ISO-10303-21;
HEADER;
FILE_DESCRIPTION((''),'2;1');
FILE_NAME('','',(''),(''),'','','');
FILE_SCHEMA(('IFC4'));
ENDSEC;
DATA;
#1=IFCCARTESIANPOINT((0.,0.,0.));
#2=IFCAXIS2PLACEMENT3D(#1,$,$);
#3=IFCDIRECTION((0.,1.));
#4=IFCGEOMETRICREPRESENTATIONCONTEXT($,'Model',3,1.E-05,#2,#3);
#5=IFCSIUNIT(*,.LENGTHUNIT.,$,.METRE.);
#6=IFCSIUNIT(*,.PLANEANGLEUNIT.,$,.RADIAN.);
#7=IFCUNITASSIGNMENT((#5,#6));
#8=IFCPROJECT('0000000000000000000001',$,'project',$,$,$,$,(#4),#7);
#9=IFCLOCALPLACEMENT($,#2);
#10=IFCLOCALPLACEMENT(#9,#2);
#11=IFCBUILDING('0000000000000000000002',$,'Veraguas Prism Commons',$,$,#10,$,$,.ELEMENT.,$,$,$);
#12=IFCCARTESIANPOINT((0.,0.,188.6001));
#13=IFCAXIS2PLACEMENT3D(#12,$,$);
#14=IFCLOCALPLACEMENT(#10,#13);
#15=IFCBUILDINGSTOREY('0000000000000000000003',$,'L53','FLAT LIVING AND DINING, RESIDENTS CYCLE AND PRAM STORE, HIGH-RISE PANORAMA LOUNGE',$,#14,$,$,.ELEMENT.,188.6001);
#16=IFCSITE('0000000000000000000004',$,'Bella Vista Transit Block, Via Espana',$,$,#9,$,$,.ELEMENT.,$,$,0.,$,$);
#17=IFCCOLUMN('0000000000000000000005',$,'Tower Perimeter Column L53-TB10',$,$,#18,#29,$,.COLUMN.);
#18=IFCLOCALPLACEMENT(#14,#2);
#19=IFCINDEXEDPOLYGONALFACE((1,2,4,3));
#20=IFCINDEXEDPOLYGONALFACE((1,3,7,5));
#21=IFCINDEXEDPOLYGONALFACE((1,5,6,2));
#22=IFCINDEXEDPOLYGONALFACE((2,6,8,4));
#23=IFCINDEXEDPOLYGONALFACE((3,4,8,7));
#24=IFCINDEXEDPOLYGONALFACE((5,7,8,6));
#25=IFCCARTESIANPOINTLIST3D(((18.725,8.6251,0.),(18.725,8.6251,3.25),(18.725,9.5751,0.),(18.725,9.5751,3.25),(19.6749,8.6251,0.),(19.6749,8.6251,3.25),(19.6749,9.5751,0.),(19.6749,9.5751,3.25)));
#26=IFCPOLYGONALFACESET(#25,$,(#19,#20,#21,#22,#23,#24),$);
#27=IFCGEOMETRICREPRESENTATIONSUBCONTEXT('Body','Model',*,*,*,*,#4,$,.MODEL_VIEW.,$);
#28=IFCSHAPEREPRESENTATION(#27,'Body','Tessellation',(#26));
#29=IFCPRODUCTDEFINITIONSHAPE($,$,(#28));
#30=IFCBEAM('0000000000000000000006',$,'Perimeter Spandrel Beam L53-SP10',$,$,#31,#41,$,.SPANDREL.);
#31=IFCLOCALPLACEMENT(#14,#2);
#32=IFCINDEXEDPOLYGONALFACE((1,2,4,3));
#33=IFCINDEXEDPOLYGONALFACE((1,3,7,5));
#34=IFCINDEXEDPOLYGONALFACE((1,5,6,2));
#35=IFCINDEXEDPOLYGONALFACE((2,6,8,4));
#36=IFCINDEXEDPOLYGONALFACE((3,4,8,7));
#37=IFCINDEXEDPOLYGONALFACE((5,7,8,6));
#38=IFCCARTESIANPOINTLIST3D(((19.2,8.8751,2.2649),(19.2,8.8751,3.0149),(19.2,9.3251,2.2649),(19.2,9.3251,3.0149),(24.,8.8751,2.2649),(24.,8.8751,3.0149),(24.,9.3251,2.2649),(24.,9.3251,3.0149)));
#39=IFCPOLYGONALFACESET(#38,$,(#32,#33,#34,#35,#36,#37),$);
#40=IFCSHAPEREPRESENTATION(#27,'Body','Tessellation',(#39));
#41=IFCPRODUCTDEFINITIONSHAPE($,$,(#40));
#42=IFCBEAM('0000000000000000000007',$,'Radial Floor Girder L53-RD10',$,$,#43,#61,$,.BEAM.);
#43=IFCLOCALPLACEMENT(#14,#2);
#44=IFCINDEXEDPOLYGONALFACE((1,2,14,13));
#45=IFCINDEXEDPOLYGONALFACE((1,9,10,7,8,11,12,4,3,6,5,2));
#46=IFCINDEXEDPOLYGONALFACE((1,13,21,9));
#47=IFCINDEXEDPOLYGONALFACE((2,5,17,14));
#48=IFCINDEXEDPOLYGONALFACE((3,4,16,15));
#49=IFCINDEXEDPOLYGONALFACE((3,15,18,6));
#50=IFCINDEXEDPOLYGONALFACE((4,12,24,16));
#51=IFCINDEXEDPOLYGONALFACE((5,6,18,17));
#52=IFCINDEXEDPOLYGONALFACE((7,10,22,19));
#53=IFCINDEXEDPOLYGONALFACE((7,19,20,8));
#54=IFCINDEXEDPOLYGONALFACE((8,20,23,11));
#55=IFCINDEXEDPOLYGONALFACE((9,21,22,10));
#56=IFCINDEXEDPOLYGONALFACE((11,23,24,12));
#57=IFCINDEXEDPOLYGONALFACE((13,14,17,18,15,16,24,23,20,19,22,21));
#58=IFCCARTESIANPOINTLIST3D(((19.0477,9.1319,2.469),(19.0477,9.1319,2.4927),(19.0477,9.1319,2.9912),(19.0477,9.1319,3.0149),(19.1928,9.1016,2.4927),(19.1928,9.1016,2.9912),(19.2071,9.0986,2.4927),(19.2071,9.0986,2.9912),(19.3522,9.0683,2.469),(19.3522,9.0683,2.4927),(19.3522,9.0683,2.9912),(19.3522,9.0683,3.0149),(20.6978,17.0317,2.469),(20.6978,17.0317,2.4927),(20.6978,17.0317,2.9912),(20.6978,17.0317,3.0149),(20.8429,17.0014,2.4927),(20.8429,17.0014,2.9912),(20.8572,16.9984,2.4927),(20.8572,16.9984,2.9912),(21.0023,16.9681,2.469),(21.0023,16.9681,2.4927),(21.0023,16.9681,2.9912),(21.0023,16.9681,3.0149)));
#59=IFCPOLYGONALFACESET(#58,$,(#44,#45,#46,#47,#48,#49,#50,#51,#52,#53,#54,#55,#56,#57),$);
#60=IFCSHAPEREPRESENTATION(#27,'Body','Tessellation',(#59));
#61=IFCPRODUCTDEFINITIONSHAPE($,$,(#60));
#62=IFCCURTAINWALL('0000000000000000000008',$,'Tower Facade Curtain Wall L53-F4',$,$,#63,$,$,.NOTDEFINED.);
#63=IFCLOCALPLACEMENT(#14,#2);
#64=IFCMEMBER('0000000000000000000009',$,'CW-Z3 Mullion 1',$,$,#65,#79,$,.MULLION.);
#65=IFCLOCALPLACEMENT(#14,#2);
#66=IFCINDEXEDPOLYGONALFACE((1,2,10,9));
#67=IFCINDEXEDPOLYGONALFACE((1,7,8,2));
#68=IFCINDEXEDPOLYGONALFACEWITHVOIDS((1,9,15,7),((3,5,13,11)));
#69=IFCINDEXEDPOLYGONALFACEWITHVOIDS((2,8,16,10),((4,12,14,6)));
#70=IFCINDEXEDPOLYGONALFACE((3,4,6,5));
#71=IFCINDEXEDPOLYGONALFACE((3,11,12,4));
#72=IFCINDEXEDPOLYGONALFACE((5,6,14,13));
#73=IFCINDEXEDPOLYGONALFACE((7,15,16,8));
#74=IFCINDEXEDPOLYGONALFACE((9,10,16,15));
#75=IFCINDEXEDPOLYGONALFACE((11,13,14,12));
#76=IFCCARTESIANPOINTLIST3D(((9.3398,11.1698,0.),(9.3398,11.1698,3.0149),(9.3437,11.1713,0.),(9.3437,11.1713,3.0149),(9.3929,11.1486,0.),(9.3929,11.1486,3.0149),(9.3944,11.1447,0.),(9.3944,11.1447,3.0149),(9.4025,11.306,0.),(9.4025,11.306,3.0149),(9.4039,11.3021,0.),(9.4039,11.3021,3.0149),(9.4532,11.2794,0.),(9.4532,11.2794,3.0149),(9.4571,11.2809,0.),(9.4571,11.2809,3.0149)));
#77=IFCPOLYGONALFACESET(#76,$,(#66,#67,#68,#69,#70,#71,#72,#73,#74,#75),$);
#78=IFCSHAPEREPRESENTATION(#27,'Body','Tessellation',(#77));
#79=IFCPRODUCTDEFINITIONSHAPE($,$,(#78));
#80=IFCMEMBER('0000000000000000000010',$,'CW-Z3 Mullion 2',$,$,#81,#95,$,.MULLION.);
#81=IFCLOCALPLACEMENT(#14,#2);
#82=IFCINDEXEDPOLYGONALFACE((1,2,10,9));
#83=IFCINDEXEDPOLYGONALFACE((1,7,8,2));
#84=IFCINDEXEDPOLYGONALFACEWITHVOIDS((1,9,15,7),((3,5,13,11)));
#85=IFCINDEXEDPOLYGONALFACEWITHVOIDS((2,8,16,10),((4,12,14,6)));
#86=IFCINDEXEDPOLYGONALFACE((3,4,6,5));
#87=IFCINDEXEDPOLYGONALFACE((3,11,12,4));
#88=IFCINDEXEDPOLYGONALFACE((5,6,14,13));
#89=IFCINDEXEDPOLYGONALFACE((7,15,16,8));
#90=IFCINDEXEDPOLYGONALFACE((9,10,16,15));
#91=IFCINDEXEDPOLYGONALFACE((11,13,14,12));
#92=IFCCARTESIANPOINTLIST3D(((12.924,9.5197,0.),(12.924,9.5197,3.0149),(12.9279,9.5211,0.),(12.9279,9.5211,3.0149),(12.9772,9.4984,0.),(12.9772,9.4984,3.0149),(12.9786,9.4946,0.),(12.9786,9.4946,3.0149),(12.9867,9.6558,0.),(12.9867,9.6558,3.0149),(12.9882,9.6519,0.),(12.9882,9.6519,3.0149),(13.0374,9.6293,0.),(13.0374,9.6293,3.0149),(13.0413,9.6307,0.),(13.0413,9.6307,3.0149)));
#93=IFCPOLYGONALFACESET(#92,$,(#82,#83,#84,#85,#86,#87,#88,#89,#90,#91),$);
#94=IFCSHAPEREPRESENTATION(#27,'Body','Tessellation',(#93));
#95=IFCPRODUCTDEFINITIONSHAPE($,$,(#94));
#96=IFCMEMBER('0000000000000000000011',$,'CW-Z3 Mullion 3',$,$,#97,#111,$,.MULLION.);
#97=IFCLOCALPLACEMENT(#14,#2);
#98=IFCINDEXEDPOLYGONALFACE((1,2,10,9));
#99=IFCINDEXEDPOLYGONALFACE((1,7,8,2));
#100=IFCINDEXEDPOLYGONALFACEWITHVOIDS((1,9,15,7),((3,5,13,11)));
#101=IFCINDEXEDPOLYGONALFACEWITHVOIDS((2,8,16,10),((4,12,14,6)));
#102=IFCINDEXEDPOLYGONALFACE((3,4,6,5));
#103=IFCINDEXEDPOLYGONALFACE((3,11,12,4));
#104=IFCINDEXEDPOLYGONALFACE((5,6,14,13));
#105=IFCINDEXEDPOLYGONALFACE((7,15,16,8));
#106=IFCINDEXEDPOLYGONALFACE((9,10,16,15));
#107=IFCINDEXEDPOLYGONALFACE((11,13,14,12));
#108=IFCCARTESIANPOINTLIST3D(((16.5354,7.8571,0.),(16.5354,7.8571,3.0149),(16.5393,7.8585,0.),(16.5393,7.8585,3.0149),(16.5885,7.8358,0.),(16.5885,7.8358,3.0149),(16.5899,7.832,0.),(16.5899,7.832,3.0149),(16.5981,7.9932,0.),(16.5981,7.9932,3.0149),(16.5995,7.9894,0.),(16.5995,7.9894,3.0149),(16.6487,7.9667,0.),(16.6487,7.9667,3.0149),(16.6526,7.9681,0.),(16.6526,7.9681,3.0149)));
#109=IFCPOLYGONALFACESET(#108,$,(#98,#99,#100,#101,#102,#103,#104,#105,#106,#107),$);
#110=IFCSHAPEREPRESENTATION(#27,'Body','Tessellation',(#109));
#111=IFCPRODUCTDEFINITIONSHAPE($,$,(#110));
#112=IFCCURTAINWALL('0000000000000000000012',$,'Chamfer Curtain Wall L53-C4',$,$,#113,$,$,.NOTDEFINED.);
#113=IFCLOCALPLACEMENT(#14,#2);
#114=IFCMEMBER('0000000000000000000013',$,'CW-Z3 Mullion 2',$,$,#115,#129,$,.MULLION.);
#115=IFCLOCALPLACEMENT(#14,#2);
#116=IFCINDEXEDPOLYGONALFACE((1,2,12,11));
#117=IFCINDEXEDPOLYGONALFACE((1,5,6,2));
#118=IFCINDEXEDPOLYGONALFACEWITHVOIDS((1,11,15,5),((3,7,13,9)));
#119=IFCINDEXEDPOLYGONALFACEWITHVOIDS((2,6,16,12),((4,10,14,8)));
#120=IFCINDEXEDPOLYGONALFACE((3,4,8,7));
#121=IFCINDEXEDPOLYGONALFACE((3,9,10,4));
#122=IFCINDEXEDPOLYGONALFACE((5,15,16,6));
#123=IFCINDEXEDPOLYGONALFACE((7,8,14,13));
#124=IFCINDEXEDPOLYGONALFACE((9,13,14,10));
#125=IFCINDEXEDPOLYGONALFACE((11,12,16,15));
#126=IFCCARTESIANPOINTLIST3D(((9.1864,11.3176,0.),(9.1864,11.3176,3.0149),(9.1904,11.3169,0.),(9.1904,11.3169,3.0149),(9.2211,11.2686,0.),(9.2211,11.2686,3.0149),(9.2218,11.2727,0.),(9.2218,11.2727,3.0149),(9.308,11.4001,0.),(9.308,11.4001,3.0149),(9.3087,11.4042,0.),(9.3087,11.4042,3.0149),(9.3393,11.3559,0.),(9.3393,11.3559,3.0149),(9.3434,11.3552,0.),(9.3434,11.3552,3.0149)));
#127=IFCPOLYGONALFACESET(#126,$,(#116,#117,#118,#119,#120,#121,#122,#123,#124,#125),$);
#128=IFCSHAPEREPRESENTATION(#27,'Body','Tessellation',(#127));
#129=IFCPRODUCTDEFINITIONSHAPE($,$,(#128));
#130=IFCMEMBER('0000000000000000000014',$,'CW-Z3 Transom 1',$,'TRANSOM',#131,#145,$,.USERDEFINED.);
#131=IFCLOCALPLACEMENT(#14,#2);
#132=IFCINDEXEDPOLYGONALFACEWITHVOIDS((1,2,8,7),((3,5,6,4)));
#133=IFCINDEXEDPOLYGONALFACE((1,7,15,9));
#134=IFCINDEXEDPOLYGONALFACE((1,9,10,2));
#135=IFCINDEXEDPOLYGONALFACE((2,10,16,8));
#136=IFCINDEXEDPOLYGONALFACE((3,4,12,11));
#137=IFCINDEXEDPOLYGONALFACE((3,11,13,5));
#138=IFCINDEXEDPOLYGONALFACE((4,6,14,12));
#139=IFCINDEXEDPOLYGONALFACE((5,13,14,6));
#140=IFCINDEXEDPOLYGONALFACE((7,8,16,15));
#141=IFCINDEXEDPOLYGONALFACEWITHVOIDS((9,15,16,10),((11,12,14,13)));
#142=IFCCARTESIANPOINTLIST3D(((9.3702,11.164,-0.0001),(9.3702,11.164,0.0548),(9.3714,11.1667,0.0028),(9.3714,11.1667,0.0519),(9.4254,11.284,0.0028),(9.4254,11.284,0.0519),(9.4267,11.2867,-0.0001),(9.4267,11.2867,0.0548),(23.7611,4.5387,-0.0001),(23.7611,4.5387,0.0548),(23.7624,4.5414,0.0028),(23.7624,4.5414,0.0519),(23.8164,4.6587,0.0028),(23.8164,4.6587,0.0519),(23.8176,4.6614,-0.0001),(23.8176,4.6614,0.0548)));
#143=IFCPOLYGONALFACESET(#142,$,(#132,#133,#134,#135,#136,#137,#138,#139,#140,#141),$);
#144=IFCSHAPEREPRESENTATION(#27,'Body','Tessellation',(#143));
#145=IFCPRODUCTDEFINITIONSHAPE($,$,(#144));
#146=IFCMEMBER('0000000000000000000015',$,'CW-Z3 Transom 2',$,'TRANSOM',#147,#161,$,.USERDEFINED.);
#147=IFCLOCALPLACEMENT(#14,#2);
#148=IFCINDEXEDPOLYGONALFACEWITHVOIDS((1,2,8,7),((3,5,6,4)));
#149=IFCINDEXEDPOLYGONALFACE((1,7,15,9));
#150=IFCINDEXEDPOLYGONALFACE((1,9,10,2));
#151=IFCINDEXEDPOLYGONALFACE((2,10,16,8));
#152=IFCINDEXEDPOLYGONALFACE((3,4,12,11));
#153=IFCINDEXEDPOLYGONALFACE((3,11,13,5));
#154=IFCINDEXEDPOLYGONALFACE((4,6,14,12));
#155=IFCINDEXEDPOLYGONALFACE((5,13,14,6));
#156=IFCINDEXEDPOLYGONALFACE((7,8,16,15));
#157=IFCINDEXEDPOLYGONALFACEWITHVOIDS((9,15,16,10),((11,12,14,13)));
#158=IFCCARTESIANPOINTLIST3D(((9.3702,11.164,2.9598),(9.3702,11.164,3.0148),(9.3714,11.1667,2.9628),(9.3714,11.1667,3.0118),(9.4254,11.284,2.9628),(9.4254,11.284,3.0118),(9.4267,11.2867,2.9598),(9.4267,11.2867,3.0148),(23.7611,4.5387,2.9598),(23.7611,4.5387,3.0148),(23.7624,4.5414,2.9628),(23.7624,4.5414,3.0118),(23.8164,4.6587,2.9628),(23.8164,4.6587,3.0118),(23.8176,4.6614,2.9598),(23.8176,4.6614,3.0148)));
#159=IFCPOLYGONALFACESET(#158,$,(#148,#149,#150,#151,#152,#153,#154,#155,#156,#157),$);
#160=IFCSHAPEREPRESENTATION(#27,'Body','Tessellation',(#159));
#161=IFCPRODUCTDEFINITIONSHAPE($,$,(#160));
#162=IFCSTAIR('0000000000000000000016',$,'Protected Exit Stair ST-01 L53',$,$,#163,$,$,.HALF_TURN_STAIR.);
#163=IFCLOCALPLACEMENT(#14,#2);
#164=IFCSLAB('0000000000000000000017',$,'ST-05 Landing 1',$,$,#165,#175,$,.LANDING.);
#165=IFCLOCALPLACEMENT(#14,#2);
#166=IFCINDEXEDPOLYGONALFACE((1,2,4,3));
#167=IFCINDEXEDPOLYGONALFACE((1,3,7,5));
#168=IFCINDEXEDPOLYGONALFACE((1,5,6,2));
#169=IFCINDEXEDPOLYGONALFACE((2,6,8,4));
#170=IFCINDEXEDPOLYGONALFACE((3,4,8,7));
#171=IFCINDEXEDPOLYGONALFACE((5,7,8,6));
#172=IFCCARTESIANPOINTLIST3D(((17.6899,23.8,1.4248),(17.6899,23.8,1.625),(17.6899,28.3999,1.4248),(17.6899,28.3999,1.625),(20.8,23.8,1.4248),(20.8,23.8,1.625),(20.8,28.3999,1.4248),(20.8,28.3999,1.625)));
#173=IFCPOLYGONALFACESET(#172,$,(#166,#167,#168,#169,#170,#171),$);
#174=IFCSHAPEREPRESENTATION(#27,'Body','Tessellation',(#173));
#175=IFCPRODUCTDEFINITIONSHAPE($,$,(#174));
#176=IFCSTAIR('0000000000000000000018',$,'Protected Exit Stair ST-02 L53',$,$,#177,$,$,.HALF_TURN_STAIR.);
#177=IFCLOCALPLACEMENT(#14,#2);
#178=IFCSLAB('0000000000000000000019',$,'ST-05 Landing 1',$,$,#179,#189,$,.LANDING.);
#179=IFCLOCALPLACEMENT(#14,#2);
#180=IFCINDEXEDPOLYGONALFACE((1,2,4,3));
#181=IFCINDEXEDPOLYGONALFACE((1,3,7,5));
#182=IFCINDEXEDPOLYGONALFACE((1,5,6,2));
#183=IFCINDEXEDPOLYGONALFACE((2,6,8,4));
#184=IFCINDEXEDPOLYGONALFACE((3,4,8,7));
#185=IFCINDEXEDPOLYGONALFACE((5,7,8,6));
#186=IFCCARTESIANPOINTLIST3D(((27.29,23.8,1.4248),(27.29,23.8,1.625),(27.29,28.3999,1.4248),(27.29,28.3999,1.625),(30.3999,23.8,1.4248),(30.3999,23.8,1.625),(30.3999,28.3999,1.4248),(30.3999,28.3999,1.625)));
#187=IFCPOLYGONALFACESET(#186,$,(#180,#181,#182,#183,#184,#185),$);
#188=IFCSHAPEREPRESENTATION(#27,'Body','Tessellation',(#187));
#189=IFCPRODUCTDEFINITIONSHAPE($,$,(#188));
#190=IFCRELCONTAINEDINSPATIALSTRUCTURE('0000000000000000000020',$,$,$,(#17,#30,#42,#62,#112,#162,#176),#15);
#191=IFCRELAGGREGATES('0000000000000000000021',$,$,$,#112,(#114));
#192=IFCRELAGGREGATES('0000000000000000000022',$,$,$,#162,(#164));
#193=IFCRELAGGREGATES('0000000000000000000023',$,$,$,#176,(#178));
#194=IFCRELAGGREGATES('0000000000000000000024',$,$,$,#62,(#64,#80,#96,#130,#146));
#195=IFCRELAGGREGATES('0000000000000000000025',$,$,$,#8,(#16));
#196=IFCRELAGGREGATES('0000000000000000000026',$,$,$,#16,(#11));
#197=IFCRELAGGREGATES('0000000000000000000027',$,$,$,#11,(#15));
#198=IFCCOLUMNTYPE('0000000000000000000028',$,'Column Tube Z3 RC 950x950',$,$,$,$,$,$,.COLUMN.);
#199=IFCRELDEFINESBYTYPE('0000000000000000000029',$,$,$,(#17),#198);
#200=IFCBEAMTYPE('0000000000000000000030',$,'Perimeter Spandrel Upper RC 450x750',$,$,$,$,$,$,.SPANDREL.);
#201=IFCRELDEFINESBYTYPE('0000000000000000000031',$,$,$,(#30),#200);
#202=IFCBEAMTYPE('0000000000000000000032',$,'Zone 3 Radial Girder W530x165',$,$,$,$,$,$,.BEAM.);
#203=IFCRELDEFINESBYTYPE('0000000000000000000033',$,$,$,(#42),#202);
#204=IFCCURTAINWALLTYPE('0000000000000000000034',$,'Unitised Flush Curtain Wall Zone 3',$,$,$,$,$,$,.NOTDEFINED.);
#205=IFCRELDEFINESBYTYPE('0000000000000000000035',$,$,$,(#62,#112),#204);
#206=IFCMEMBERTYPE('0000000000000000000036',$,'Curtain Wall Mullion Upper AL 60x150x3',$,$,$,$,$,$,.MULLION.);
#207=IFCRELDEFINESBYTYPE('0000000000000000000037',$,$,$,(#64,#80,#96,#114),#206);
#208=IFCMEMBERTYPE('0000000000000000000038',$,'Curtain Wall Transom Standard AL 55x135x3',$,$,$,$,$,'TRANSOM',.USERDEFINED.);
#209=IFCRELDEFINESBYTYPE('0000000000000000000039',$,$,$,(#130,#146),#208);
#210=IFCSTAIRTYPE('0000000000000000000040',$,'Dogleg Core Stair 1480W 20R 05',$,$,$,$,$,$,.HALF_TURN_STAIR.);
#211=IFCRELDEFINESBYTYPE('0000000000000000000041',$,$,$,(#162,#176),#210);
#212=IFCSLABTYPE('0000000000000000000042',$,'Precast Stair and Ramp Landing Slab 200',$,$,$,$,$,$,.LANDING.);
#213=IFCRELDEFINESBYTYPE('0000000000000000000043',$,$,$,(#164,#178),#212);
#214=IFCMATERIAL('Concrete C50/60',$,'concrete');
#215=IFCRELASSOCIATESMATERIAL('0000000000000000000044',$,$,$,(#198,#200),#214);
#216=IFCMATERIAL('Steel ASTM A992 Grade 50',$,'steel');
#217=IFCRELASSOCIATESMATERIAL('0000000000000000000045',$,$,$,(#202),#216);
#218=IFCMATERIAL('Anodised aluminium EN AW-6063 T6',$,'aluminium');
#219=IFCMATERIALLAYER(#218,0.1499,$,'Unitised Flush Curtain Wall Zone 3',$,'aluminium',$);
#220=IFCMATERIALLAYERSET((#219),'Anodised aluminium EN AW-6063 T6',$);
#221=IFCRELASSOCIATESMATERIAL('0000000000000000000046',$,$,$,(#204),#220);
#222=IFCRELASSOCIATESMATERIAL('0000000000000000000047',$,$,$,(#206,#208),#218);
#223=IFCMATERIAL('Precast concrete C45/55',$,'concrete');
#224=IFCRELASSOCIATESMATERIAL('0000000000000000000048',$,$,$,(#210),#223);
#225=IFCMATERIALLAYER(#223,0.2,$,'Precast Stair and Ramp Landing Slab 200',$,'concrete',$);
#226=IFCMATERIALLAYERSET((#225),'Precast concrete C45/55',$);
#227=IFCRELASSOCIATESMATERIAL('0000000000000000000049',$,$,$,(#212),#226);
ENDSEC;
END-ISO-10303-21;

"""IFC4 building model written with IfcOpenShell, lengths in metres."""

from ifc_helpers import new_model, si_unit, direction, frame, origin, origin_2d, place, context, subcontext, project, spatial, polyline, rectangle, hollow_rectangle, i_section, outline, extrude, source, transform, mapped, material, layer, layer_set, material_profile, profile_set, type_object, element, aggregate, save


model = new_model("IFC4")

# Units and contexts
model_context = context("Model", 3, precision=1e-05, world=origin(), true_north=direction((0.0, 1.0)))
body_context = subcontext(model_context, "Body", "Model", "MODEL_VIEW")
ifc_project = project(units=[si_unit("LENGTHUNIT", "METRE"), si_unit("PLANEANGLEUNIT", "RADIAN")], contexts=[model_context])

# Site, building, storey
site_placement = place(None, origin())
site = spatial("IfcSite", under=ifc_project, at=site_placement, Name="Bella Vista Transit Block, Via Espana", CompositionType="ELEMENT", RefElevation=0.0)
building_placement = place(site_placement, origin())
building = spatial("IfcBuilding", under=site, at=building_placement, Name="Veraguas Prism Commons", CompositionType="ELEMENT")
storey_placement = place(building_placement, frame((0.0, 0.0, 188.6001)))
storey = spatial("IfcBuildingStorey", under=building, at=storey_placement, Name="L53", Description="FLAT LIVING AND DINING, RESIDENTS CYCLE AND PRAM STORE, HIGH-RISE PANORAMA LOUNGE", CompositionType="ELEMENT", Elevation=188.6001)

# Column
ifc_material_1 = material(Name="Concrete C50/60", Category="concrete")
ifc_material_profile_1 = material_profile(ifc_material_1, rectangle(XDim=0.95, YDim=0.95, at=origin_2d()), Name="RC950X950")
ifc_profile_set_1 = profile_set([ifc_material_profile_1], Name="Concrete C50/60")
column_type = type_object("IfcColumnType", Name="Column Tube Z3 RC 950x950", PredefinedType="COLUMN", material=ifc_profile_set_1)
column_placement = place(storey_placement, frame((19.2, 9.1001, 0.0), z_axis=(0.0, 0.0, 1.0), x_axis=(1.0, 0.0, 0.0)))
element("IfcColumn", 1, at=column_placement, inside=storey, type_object=column_type, Name="Tower Perimeter Column L53-TB10", PredefinedType="COLUMN", context=body_context, shape_type="SweptSolid", body=[
    extrude(rectangle(XDim=0.95, YDim=0.95, at=origin_2d()), origin(), (0.0, 0.0, 1.0), 3.25),
])

# Beams
ifc_material_profile_2 = material_profile(ifc_material_1, rectangle(XDim=0.45, YDim=0.75, at=origin_2d()), Name="RC450X750")
ifc_profile_set_2 = profile_set([ifc_material_profile_2], Name="Concrete C50/60")
beam_type_1 = type_object("IfcBeamType", Name="Perimeter Spandrel Upper RC 450x750", PredefinedType="SPANDREL", material=ifc_profile_set_2)
beam_1_placement = place(storey_placement, frame((19.2, 9.1001, 2.6399), z_axis=(1.0, 0.0, 0.0), x_axis=(0.0, 1.0, 0.0)))
element("IfcBeam", 2, at=beam_1_placement, inside=storey, type_object=beam_type_1, Name="Perimeter Spandrel Beam L53-SP10", PredefinedType="SPANDREL", context=body_context, shape_type="SweptSolid", body=[
    extrude(rectangle(XDim=0.45, YDim=0.75, at=origin_2d()), origin(), (0.0, 0.0, 1.0), 4.8),
])
ifc_material_2 = material(Name="Steel ASTM A992 Grade 50", Category="steel")
ifc_material_profile_3 = material_profile(ifc_material_2, i_section(OverallWidth=0.311, OverallDepth=0.5459, WebThickness=0.0146, FlangeThickness=0.0237, at=origin_2d()), Name="W530X165")
ifc_profile_set_3 = profile_set([ifc_material_profile_3], Name="Steel ASTM A992 Grade 50")
beam_type_2 = type_object("IfcBeamType", Name="Zone 3 Radial Girder W530x165", PredefinedType="BEAM", material=ifc_profile_set_3)
beam_2_placement = place(storey_placement, frame((19.2, 9.1001, 2.7419), z_axis=(0.204469, 0.978873, 0.0), x_axis=(-0.978873, 0.204469, 0.0)))
element("IfcBeam", 3, at=beam_2_placement, inside=storey, type_object=beam_type_2, Name="Radial Floor Girder L53-RD10", PredefinedType="BEAM", context=body_context, shape_type="SweptSolid", body=[
    extrude(i_section(OverallWidth=0.311, OverallDepth=0.5459, WebThickness=0.0146, FlangeThickness=0.0237, at=origin_2d()), origin(), (0.0, 0.0, 1.0), 8.0703),
])

# Curtain wall, members
ifc_material_3 = material(Name="Anodised aluminium EN AW-6063 T6", Category="aluminium")
ifc_layer_1 = layer(ifc_material_3, 0.1499, Name="Unitised Flush Curtain Wall Zone 3", Category="aluminium")
ifc_layer_set_1 = layer_set([ifc_layer_1], Name="Anodised aluminium EN AW-6063 T6")
curtain_wall_type = type_object("IfcCurtainWallType", Name="Unitised Flush Curtain Wall Zone 3", PredefinedType="NOTDEFINED", material=ifc_layer_set_1)
curtain_wall_1_placement = place(storey_placement, origin())
curtain_wall_1 = element("IfcCurtainWall", 4, at=curtain_wall_1_placement, inside=storey, type_object=curtain_wall_type, Name="Tower Facade Curtain Wall L53-F4", PredefinedType="NOTDEFINED")
ifc_material_profile_4 = material_profile(ifc_material_3, hollow_rectangle(XDim=0.0601, YDim=0.1499, WallThickness=0.0029, at=origin_2d()), Name="AL60X150X3")
ifc_profile_set_4 = profile_set([ifc_material_profile_4], Name="Anodised aluminium EN AW-6063 T6")
member_type_1 = type_object("IfcMemberType", Name="Curtain Wall Mullion Upper AL 60x150x3", PredefinedType="MULLION", material=ifc_profile_set_4)
shared_shape_1 = source(origin(), body_context, "Body", "SweptSolid", [
    extrude(hollow_rectangle(XDim=0.0601, YDim=0.1499, WallThickness=0.0029, at=origin_2d()), origin(), (0.0, 0.0, 1.0), 3.0149),
])
member_1_placement = place(storey_placement, frame((9.3984, 11.2253, 0.0), z_axis=(0.0, 0.0, 1.0), x_axis=(0.908362, -0.418186, 0.0)))
member_1 = element("IfcMember", 5, at=member_1_placement, type_object=member_type_1, Name="CW-Z3 Mullion 1", PredefinedType="MULLION", context=body_context, shape_type="MappedRepresentation", body=[
    mapped(shared_shape_1, transform((0.0, 0.0, 0.0), scale=1.0)),
])
member_2_placement = place(storey_placement, frame((12.9827, 9.5752, 0.0), z_axis=(0.0, 0.0, 1.0), x_axis=(0.908362, -0.418186, 0.0)))
member_2 = element("IfcMember", 6, at=member_2_placement, type_object=member_type_1, Name="CW-Z3 Mullion 2", PredefinedType="MULLION", context=body_context, shape_type="MappedRepresentation", body=[
    mapped(shared_shape_1, transform((0.0, 0.0, 0.0), scale=1.0)),
])
member_3_placement = place(storey_placement, frame((16.594, 7.9126, 0.0), z_axis=(0.0, 0.0, 1.0), x_axis=(0.908362, -0.418186, 0.0)))
member_3 = element("IfcMember", 7, at=member_3_placement, type_object=member_type_1, Name="CW-Z3 Mullion 3", PredefinedType="MULLION", context=body_context, shape_type="MappedRepresentation", body=[
    mapped(shared_shape_1, transform((0.0, 0.0, 0.0), scale=1.0)),
])

# Curtain wall, member
curtain_wall_2_placement = place(storey_placement, origin())
curtain_wall_2 = element("IfcCurtainWall", 8, at=curtain_wall_2_placement, inside=storey, type_object=curtain_wall_type, Name="Chamfer Curtain Wall L53-C4", PredefinedType="NOTDEFINED")
member_4_placement = place(storey_placement, frame((9.2649, 11.3364, 0.0), z_axis=(0.0, 0.0, 1.0), x_axis=(0.57758, -0.816334, 0.0)))
member_4 = element("IfcMember", 9, at=member_4_placement, type_object=member_type_1, Name="CW-Z3 Mullion 2", PredefinedType="MULLION", context=body_context, shape_type="MappedRepresentation", body=[
    mapped(shared_shape_1, transform((0.0, 0.0, 0.0), scale=1.0)),
])
aggregate(curtain_wall_2, [member_4])

# Members
ifc_material_profile_5 = material_profile(ifc_material_3, hollow_rectangle(XDim=0.0549, YDim=0.135, WallThickness=0.0029, at=origin_2d()), Name="AL55X135X3")
ifc_profile_set_5 = profile_set([ifc_material_profile_5], Name="Anodised aluminium EN AW-6063 T6")
member_type_2 = type_object("IfcMemberType", Name="Curtain Wall Transom Standard AL 55x135x3", ElementType="TRANSOM", PredefinedType="USERDEFINED", material=ifc_profile_set_5)
shared_shape_2 = source(origin(), body_context, "Body", "SweptSolid", [
    extrude(hollow_rectangle(XDim=0.0549, YDim=0.135, WallThickness=0.0029, at=origin_2d()), origin(), (0.0, 0.0, 1.0), 15.8428),
])
member_5_placement = place(storey_placement, frame((9.3984, 11.2253, 0.0273), z_axis=(0.90836, -0.418189, 0.0), x_axis=(0.0, 0.0, 1.0)))
member_5 = element("IfcMember", 10, at=member_5_placement, type_object=member_type_2, Name="CW-Z3 Transom 1", ObjectType="TRANSOM", PredefinedType="USERDEFINED", context=body_context, shape_type="MappedRepresentation", body=[
    mapped(shared_shape_2, transform((0.0, 0.0, 0.0), scale=1.0)),
])
member_6_placement = place(storey_placement, frame((9.3984, 11.2253, 2.9873), z_axis=(0.90836, -0.418189, 0.0), x_axis=(0.0, 0.0, 1.0)))
member_6 = element("IfcMember", 11, at=member_6_placement, type_object=member_type_2, Name="CW-Z3 Transom 2", ObjectType="TRANSOM", PredefinedType="USERDEFINED", context=body_context, shape_type="MappedRepresentation", body=[
    mapped(shared_shape_2, transform((0.0, 0.0, 0.0), scale=1.0)),
])

# Stairs, slabs
ifc_material_4 = material(Name="Precast concrete C45/55", Category="concrete")
stair_type = type_object("IfcStairType", Name="Dogleg Core Stair 1480W 20R 05", PredefinedType="HALF_TURN_STAIR", material=ifc_material_4)
stair_1_placement = place(storey_placement, origin())
stair_1 = element("IfcStair", 12, at=stair_1_placement, inside=storey, type_object=stair_type, Name="Protected Exit Stair ST-01 L53", PredefinedType="HALF_TURN_STAIR")
ifc_layer_2 = layer(ifc_material_4, 0.2, Name="Precast Stair and Ramp Landing Slab 200", Category="concrete")
ifc_layer_set_2 = layer_set([ifc_layer_2], Name="Precast concrete C45/55")
slab_type_1 = type_object("IfcSlabType", Name="Precast Stair and Ramp Landing Slab 200", PredefinedType="LANDING", material=ifc_layer_set_2)
slab_1_placement = place(storey_placement, frame((0.0, 0.0, 1.4248)))
slab_1 = element("IfcSlab", 13, at=slab_1_placement, type_object=slab_type_1, Name="ST-05 Landing 1", PredefinedType="LANDING", context=body_context, shape_type="SweptSolid", body=[
    extrude(outline(polyline([(20.8, 23.8), (20.8, 28.3999), (17.6899, 28.3999), (17.6899, 23.8), (20.8, 23.8)])), origin(), (0.0, 0.0, 1.0), 0.2002),
])
aggregate(stair_1, [slab_1])
stair_2_placement = place(storey_placement, origin())
stair_2 = element("IfcStair", 14, at=stair_2_placement, inside=storey, type_object=stair_type, Name="Protected Exit Stair ST-02 L53", PredefinedType="HALF_TURN_STAIR")
slab_2_placement = place(storey_placement, frame((0.0, 0.0, 1.4248)))
slab_2 = element("IfcSlab", 15, at=slab_2_placement, type_object=slab_type_1, Name="ST-05 Landing 1", PredefinedType="LANDING", context=body_context, shape_type="SweptSolid", body=[
    extrude(outline(polyline([(30.3999, 23.8), (30.3999, 28.3999), (27.29, 28.3999), (27.29, 23.8), (30.3999, 23.8)])), origin(), (0.0, 0.0, 1.0), 0.2002),
])
aggregate(stair_2, [slab_2])

aggregate(curtain_wall_1, [member_1, member_2, member_3, member_5, member_6])

save(model, "model.ifc")
